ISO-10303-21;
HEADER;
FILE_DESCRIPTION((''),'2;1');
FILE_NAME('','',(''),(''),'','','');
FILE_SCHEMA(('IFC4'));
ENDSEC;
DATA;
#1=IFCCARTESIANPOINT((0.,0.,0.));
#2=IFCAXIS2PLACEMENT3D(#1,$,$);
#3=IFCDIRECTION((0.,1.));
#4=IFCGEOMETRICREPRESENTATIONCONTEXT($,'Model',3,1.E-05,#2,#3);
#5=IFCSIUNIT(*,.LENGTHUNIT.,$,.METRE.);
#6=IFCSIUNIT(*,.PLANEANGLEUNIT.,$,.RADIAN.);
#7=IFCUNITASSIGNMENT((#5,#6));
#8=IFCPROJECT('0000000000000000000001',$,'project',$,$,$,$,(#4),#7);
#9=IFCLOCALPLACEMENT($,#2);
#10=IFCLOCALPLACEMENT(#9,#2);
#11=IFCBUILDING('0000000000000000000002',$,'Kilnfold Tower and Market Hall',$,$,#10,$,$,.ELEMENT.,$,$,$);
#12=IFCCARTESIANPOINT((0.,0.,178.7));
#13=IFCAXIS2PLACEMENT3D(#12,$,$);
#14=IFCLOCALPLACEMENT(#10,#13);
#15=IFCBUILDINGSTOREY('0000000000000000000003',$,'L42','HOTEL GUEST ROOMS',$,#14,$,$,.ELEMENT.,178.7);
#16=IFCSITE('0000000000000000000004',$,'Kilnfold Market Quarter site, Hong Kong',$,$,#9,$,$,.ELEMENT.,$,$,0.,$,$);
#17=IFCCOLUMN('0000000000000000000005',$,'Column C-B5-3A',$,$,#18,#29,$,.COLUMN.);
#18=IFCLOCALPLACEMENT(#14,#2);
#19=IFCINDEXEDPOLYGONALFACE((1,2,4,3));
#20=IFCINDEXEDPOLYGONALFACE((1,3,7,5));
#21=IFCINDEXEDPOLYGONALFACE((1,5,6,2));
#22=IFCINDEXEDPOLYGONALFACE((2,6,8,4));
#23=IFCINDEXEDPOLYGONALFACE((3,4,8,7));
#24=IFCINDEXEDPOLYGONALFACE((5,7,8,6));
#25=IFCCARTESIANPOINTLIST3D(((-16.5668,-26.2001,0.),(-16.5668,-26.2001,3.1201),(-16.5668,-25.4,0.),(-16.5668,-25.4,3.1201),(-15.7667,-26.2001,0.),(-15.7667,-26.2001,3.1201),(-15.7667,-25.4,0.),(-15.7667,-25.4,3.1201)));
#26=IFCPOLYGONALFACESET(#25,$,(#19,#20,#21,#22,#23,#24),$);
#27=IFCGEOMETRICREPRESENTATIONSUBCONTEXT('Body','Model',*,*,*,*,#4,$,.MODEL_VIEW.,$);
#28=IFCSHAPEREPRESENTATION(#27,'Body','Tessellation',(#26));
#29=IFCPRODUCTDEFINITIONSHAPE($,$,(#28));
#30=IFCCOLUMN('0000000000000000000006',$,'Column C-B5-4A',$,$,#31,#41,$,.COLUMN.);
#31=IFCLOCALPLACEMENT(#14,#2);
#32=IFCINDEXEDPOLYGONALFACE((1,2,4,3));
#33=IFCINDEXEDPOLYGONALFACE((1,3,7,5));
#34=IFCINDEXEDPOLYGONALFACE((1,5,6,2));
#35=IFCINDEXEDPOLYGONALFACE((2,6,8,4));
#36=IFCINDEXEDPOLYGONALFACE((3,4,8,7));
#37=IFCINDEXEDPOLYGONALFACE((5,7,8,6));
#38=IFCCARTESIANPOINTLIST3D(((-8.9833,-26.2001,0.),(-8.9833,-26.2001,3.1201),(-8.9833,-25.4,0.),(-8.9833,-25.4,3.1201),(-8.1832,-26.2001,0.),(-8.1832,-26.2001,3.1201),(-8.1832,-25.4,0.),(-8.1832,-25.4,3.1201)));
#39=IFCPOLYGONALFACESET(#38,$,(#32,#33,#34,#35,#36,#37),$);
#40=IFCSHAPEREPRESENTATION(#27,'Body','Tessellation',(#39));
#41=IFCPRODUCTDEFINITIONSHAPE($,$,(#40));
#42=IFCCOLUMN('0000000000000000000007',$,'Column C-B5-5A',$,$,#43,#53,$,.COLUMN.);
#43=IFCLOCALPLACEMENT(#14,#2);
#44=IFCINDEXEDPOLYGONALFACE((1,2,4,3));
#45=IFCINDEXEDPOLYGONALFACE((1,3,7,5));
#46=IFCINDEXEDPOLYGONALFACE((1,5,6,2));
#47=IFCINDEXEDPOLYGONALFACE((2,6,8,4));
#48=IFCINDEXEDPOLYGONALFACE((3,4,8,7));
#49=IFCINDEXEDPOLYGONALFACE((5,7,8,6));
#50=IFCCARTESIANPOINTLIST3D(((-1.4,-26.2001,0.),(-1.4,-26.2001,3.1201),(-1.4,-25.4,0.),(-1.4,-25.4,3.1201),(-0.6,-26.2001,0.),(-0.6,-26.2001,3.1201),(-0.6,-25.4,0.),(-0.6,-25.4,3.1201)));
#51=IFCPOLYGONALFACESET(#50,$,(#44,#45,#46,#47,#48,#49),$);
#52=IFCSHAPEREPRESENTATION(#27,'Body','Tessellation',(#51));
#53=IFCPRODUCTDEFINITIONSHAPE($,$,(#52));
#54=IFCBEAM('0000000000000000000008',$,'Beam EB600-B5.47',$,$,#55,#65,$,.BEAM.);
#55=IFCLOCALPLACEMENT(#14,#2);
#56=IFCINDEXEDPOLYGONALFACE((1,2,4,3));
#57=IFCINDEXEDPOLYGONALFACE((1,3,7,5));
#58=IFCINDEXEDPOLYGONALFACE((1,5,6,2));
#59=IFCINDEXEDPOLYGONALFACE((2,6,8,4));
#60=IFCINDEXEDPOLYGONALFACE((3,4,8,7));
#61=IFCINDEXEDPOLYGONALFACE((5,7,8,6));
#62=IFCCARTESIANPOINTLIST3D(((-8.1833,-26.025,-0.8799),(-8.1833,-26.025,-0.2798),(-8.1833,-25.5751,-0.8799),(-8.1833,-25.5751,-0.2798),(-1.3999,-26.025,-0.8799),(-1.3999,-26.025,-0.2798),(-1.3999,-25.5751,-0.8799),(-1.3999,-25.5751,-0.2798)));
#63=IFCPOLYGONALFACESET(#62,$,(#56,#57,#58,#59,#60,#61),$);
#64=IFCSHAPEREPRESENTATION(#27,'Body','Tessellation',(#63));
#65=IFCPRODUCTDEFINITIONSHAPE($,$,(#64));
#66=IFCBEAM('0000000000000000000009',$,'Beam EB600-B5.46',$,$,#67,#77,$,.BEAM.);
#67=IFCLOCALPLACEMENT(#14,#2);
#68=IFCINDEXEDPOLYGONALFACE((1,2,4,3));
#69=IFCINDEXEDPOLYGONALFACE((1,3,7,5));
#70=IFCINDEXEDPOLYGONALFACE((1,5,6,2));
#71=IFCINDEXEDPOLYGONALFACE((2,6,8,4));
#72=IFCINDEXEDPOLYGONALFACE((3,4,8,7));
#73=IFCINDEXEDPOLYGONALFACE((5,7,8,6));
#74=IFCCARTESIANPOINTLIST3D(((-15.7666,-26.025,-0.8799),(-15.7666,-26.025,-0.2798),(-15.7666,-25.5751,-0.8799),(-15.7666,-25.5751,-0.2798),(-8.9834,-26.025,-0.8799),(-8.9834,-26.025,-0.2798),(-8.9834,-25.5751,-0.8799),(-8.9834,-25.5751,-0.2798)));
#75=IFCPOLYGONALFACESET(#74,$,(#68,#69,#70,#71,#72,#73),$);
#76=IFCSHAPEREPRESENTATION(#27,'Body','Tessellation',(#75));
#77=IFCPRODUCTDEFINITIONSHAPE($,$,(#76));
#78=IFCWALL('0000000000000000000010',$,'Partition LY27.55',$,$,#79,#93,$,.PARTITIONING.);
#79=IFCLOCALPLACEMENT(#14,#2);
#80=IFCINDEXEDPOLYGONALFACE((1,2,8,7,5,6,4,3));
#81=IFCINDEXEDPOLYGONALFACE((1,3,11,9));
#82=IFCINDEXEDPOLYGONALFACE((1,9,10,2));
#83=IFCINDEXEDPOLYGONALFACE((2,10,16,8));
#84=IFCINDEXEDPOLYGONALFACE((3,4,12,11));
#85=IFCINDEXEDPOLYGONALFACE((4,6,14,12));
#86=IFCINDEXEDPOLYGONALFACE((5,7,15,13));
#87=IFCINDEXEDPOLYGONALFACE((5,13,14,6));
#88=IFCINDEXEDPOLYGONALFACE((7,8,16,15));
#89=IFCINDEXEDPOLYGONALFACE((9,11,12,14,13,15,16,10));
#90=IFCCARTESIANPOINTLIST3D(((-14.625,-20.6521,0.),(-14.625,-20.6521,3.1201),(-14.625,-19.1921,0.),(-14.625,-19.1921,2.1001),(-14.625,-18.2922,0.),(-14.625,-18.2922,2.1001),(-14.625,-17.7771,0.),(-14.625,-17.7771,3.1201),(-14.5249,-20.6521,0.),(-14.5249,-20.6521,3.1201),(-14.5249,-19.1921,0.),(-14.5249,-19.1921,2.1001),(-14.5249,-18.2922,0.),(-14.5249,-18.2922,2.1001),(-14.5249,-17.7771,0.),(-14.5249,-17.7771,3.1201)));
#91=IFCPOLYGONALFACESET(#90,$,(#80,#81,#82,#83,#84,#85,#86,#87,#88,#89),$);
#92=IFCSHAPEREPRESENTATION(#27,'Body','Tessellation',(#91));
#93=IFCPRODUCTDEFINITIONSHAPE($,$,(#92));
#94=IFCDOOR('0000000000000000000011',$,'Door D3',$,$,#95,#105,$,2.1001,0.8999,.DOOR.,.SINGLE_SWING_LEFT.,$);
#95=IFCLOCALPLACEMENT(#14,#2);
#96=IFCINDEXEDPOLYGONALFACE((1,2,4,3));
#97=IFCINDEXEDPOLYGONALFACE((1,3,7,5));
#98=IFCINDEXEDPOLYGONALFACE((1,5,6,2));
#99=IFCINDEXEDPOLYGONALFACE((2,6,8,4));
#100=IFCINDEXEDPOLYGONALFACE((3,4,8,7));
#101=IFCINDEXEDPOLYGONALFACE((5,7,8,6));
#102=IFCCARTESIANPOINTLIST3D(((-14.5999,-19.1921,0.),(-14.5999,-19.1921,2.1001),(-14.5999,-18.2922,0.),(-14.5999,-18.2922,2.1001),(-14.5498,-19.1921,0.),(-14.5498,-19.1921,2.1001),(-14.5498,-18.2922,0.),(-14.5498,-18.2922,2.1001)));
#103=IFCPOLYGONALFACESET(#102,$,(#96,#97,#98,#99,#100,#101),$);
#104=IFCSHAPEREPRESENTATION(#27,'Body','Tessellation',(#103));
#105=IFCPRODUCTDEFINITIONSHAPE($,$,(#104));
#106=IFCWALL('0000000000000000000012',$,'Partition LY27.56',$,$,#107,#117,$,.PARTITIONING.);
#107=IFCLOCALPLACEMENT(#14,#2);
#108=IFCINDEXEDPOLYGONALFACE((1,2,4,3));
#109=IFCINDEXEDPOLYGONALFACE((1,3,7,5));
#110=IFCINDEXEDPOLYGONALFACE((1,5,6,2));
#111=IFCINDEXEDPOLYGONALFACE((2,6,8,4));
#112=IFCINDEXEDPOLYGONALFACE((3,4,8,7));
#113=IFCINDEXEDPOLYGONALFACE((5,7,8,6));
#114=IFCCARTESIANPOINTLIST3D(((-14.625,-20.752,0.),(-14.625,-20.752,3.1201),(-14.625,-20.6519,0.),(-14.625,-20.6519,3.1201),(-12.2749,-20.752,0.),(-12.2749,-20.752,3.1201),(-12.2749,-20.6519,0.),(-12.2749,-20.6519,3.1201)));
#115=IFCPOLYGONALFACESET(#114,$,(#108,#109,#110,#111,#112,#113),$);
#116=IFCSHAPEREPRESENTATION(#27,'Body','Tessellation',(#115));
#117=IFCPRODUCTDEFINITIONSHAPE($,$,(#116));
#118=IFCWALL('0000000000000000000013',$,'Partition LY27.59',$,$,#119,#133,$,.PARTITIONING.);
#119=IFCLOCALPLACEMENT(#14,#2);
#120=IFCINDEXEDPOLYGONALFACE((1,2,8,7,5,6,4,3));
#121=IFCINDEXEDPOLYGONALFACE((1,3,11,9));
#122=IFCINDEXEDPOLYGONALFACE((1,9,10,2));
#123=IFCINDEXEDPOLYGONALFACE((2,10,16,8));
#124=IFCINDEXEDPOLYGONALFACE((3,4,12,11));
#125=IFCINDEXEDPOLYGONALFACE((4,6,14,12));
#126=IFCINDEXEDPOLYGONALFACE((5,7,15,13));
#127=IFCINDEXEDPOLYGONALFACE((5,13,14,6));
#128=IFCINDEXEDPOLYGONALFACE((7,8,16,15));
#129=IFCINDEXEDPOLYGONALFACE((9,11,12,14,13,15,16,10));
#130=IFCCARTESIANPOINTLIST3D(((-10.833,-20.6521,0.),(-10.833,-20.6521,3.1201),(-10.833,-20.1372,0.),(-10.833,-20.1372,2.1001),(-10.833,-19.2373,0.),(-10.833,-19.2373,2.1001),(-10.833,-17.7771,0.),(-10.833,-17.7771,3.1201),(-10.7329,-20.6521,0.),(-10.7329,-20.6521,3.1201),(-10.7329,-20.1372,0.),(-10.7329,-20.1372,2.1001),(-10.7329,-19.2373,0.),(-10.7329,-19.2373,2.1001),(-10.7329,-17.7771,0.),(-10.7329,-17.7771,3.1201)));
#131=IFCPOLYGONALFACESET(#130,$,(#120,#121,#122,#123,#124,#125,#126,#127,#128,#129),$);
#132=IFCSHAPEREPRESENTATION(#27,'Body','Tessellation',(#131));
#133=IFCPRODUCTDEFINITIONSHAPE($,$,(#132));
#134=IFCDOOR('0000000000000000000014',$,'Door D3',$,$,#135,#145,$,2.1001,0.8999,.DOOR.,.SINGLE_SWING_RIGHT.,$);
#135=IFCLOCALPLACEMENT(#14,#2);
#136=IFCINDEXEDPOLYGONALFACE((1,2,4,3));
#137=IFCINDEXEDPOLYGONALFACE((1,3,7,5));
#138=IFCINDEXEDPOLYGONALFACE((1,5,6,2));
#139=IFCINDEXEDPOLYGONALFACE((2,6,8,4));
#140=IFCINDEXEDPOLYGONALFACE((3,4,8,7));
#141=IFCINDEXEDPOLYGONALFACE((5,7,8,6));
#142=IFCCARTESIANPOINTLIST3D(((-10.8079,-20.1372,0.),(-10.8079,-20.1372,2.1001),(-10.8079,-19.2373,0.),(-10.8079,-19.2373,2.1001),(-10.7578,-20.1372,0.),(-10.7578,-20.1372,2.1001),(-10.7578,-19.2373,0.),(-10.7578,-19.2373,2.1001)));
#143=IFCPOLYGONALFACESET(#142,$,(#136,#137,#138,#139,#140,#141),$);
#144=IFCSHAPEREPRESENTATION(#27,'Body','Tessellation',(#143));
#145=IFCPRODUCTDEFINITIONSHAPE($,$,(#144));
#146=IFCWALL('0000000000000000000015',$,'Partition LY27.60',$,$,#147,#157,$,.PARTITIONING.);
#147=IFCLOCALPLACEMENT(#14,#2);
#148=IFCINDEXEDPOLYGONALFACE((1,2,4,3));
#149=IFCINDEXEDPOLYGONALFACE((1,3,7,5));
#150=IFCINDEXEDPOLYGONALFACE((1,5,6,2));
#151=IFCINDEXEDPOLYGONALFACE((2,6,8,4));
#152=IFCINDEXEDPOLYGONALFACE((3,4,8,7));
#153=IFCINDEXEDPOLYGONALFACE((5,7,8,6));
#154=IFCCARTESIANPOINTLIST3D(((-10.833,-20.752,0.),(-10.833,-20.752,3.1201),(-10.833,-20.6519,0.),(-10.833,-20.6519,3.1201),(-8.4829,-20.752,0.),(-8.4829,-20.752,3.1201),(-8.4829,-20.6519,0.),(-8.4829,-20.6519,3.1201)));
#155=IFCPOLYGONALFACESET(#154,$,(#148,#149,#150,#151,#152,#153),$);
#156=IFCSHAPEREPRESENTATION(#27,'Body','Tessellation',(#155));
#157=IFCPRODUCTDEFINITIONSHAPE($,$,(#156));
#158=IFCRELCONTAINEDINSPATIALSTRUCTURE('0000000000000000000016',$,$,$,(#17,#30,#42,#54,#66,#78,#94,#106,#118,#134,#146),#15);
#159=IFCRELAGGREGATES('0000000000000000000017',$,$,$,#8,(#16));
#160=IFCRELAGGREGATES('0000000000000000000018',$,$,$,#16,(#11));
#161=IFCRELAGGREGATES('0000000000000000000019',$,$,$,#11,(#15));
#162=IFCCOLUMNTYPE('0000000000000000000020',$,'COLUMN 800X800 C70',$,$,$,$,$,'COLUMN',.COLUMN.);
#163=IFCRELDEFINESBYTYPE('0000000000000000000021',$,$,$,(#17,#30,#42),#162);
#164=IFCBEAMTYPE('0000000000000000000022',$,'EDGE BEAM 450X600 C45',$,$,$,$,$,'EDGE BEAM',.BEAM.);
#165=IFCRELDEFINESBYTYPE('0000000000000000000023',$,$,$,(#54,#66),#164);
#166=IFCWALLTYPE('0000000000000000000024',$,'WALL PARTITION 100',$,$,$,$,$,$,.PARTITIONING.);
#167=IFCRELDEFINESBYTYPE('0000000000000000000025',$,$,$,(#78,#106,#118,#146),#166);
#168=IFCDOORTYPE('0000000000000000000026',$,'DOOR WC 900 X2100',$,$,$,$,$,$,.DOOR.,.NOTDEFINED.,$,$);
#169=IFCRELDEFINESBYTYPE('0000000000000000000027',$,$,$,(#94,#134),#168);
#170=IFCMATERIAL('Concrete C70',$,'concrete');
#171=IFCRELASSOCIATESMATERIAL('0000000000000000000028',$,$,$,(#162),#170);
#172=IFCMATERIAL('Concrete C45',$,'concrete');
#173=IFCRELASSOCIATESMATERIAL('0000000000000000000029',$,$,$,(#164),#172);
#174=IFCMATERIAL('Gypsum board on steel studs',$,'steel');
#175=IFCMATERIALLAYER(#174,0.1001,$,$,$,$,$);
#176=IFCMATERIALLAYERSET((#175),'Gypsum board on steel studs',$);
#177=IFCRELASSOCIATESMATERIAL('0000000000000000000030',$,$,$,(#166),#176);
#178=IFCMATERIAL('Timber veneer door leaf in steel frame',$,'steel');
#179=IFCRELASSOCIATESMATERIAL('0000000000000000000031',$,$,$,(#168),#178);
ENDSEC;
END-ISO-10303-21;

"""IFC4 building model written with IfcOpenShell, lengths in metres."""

from ifc_helpers import new_model, si_unit, direction, frame, frame_2d, origin, origin_2d, place, context, subcontext, project, spatial, rectangle, extrude, source, transform, mapped, material, layer, layer_set, material_profile, profile_set, type_object, element, fill, save


model = new_model("IFC4")

# Units and contexts
model_context = context("Model", 3, precision=1e-05, world=origin(), true_north=direction((0.0, 1.0)))
body_context = subcontext(model_context, "Body", "Model", "MODEL_VIEW")
ifc_project = project(units=[si_unit("LENGTHUNIT", "METRE"), si_unit("PLANEANGLEUNIT", "RADIAN")], contexts=[model_context])

# Site, building, storey
site_placement = place(None, origin())
site = spatial("IfcSite", under=ifc_project, at=site_placement, Name="Kilnfold Market Quarter site, Hong Kong", CompositionType="ELEMENT", RefElevation=0.0)
building_placement = place(site_placement, origin())
building = spatial("IfcBuilding", under=site, at=building_placement, Name="Kilnfold Tower and Market Hall", CompositionType="ELEMENT")
storey_placement = place(building_placement, frame((0.0, 0.0, 178.7)))
storey = spatial("IfcBuildingStorey", under=building, at=storey_placement, Name="L42", Description="HOTEL GUEST ROOMS", CompositionType="ELEMENT", Elevation=178.7)

# Columns
ifc_material_1 = material(Name="Concrete C70", Category="concrete")
ifc_material_profile_1 = material_profile(ifc_material_1, rectangle(XDim=0.8, YDim=0.8, at=origin_2d()), Name="RC 800x800")
ifc_profile_set_1 = profile_set([ifc_material_profile_1], Name="Concrete C70")
column_type = type_object("IfcColumnType", Name="COLUMN 800X800 C70", ElementType="COLUMN", PredefinedType="COLUMN", material=ifc_profile_set_1)
shared_shape_1 = source(origin(), body_context, "Body", "SweptSolid", [
    extrude(rectangle(XDim=0.8, YDim=0.8, at=origin_2d()), origin(), (0.0, 0.0, 1.0), 3.1201),
])
for number, where, z_axis, x_axis, name in (
    (1, (-16.1667, -25.8, 0.0), (0.0, 0.0, 1.0), (1.0, 0.0, 0.0), "Column C-B5-3A"),
    (2, (-8.5833, -25.8, 0.0), (0.0, 0.0, 1.0), (1.0, 0.0, 0.0), "Column C-B5-4A"),
    (3, (-1.0, -25.8, 0.0), (0.0, 0.0, 1.0), (1.0, 0.0, 0.0), "Column C-B5-5A"),
):
    element("IfcColumn", number, at=place(storey_placement, frame(where, z_axis=z_axis, x_axis=x_axis)), inside=storey, type_object=column_type, Name=name, PredefinedType="COLUMN", context=body_context, shape_type="MappedRepresentation", body=[
        mapped(shared_shape_1, transform((0.0, 0.0, 0.0))),
    ])

# Beams
ifc_material_2 = material(Name="Concrete C45", Category="concrete")
ifc_material_profile_2 = material_profile(ifc_material_2, rectangle(XDim=0.45, YDim=0.6001, at=origin_2d()), Name="RC 450x600")
ifc_profile_set_2 = profile_set([ifc_material_profile_2], Name="Concrete C45")
beam_type = type_object("IfcBeamType", Name="EDGE BEAM 450X600 C45", ElementType="EDGE BEAM", PredefinedType="BEAM", material=ifc_profile_set_2)
shared_shape_2 = source(origin(), body_context, "Body", "SweptSolid", [
    extrude(rectangle(XDim=0.45, YDim=0.6001, at=origin_2d()), origin(), (0.0, 0.0, 1.0), 6.7834),
])
beam_1_placement = place(storey_placement, frame((-8.1833, -25.8, -0.5798), z_axis=(1.0, 0.0, 0.0), x_axis=(0.0, 1.0, 0.0)))
element("IfcBeam", 4, at=beam_1_placement, inside=storey, type_object=beam_type, Name="Beam EB600-B5.47", PredefinedType="BEAM", context=body_context, shape_type="MappedRepresentation", body=[
    mapped(shared_shape_2, transform((0.0, 0.0, 0.0))),
])
shared_shape_3 = source(origin(), body_context, "Body", "SweptSolid", [
    extrude(rectangle(XDim=0.45, YDim=0.6001, at=origin_2d()), origin(), (0.0, 0.0, 1.0), 6.7832),
])
beam_2_placement = place(storey_placement, frame((-15.7666, -25.8, -0.5798), z_axis=(1.0, 0.0, 0.0), x_axis=(0.0, 1.0, 0.0)))
element("IfcBeam", 5, at=beam_2_placement, inside=storey, type_object=beam_type, Name="Beam EB600-B5.46", PredefinedType="BEAM", context=body_context, shape_type="MappedRepresentation", body=[
    mapped(shared_shape_3, transform((0.0, 0.0, 0.0))),
])

# Wall, opening, door
ifc_material_3 = material(Name="Gypsum board on steel studs", Category="steel")
ifc_layer_1 = layer(ifc_material_3, 0.1001)
ifc_layer_set_1 = layer_set([ifc_layer_1], Name="Gypsum board on steel studs")
wall_type_1 = type_object("IfcWallType", Name="WALL PARTITION 100", PredefinedType="PARTITIONING", material=ifc_layer_set_1)
wall_1_placement = place(storey_placement, frame((-14.575, -20.6521, 0.0), z_axis=(0.0, 0.0, 1.0), x_axis=(0.0, 1.0, 0.0)))
wall_1 = element("IfcWall", 6, at=wall_1_placement, inside=storey, type_object=wall_type_1, Name="Partition LY27.55", PredefinedType="PARTITIONING", context=body_context, shape_type="SweptSolid", body=[
    extrude(rectangle(XDim=2.875, YDim=0.1001, at=frame_2d((1.4375, 0.0))), origin(), (0.0, 0.0, 1.0), 3.1201),
])
opening_1_placement = place(wall_1_placement, frame((1.46, 0.0, 0.0)))
opening_1 = element("IfcOpeningElement", 7, at=opening_1_placement, cuts=wall_1, PredefinedType="OPENING", context=body_context, shape_type="SweptSolid", body=[
    extrude(rectangle(XDim=0.8999, YDim=2.1001, at=frame_2d((0.45, 1.05))), frame((0.0, 0.0601, 0.0), z_axis=(0.0, -1.0, 0.0), x_axis=(1.0, 0.0, 0.0)), (0.0, 0.0, 1.0), 0.1201),
])
ifc_material_4 = material(Name="Timber veneer door leaf in steel frame", Category="steel")
door_type = type_object("IfcDoorType", Name="DOOR WC 900 X2100", OperationType="NOTDEFINED", PredefinedType="DOOR", material=ifc_material_4)
door_1_placement = place(opening_1_placement, origin())
door_1 = element("IfcDoor", 8, at=door_1_placement, inside=storey, type_object=door_type, Name="Door D3", OperationType="SINGLE_SWING_LEFT", OverallHeight=2.1001, OverallWidth=0.8999, PredefinedType="DOOR", context=body_context, shape_type="SweptSolid", body=[
    extrude(rectangle(XDim=0.8999, YDim=2.1001, at=frame_2d((0.45, 1.05))), frame((0.0, 0.0249, 0.0), z_axis=(0.0, -1.0, 0.0), x_axis=(1.0, 0.0, 0.0)), (0.0, 0.0, 1.0), 0.05),
])
fill(opening_1, door_1)

# Wall
wall_2_placement = place(storey_placement, frame((-14.625, -20.7019, 0.0), z_axis=(0.0, 0.0, 1.0), x_axis=(1.0, 0.0, 0.0)))
element("IfcWall", 9, at=wall_2_placement, inside=storey, type_object=wall_type_1, Name="Partition LY27.56", PredefinedType="PARTITIONING", context=body_context, shape_type="SweptSolid", body=[
    extrude(rectangle(XDim=2.3501, YDim=0.1001, at=frame_2d((1.175, 0.0))), origin(), (0.0, 0.0, 1.0), 3.1201),
])

# Wall, opening, door
wall_3_placement = place(storey_placement, frame((-10.783, -20.6521, 0.0), z_axis=(0.0, 0.0, 1.0), x_axis=(0.0, 1.0, 0.0)))
wall_3 = element("IfcWall", 10, at=wall_3_placement, inside=storey, type_object=wall_type_1, Name="Partition LY27.59", PredefinedType="PARTITIONING", context=body_context, shape_type="SweptSolid", body=[
    extrude(rectangle(XDim=2.875, YDim=0.1001, at=frame_2d((1.4375, 0.0))), origin(), (0.0, 0.0, 1.0), 3.1201),
])
opening_2_placement = place(wall_3_placement, frame((0.5149, 0.0, 0.0)))
opening_2 = element("IfcOpeningElement", 11, at=opening_2_placement, cuts=wall_3, PredefinedType="OPENING", context=body_context, shape_type="SweptSolid", body=[
    extrude(rectangle(XDim=0.8999, YDim=2.1001, at=frame_2d((0.45, 1.05))), frame((0.0, 0.0601, 0.0), z_axis=(0.0, -1.0, 0.0), x_axis=(1.0, 0.0, 0.0)), (0.0, 0.0, 1.0), 0.1201),
])
door_2_placement = place(opening_2_placement, origin())
door_2 = element("IfcDoor", 12, at=door_2_placement, inside=storey, type_object=door_type, Name="Door D3", OperationType="SINGLE_SWING_RIGHT", OverallHeight=2.1001, OverallWidth=0.8999, PredefinedType="DOOR", context=body_context, shape_type="SweptSolid", body=[
    extrude(rectangle(XDim=0.8999, YDim=2.1001, at=frame_2d((0.45, 1.05))), frame((0.0, 0.0249, 0.0), z_axis=(0.0, -1.0, 0.0), x_axis=(1.0, 0.0, 0.0)), (0.0, 0.0, 1.0), 0.05),
])
fill(opening_2, door_2)

# Wall
wall_4_placement = place(storey_placement, frame((-10.833, -20.7019, 0.0), z_axis=(0.0, 0.0, 1.0), x_axis=(1.0, 0.0, 0.0)))
element("IfcWall", 13, at=wall_4_placement, inside=storey, type_object=wall_type_1, Name="Partition LY27.60", PredefinedType="PARTITIONING", context=body_context, shape_type="SweptSolid", body=[
    extrude(rectangle(XDim=2.3501, YDim=0.1001, at=frame_2d((1.175, 0.0))), origin(), (0.0, 0.0, 1.0), 3.1201),
])

save(model, "model.ifc")
